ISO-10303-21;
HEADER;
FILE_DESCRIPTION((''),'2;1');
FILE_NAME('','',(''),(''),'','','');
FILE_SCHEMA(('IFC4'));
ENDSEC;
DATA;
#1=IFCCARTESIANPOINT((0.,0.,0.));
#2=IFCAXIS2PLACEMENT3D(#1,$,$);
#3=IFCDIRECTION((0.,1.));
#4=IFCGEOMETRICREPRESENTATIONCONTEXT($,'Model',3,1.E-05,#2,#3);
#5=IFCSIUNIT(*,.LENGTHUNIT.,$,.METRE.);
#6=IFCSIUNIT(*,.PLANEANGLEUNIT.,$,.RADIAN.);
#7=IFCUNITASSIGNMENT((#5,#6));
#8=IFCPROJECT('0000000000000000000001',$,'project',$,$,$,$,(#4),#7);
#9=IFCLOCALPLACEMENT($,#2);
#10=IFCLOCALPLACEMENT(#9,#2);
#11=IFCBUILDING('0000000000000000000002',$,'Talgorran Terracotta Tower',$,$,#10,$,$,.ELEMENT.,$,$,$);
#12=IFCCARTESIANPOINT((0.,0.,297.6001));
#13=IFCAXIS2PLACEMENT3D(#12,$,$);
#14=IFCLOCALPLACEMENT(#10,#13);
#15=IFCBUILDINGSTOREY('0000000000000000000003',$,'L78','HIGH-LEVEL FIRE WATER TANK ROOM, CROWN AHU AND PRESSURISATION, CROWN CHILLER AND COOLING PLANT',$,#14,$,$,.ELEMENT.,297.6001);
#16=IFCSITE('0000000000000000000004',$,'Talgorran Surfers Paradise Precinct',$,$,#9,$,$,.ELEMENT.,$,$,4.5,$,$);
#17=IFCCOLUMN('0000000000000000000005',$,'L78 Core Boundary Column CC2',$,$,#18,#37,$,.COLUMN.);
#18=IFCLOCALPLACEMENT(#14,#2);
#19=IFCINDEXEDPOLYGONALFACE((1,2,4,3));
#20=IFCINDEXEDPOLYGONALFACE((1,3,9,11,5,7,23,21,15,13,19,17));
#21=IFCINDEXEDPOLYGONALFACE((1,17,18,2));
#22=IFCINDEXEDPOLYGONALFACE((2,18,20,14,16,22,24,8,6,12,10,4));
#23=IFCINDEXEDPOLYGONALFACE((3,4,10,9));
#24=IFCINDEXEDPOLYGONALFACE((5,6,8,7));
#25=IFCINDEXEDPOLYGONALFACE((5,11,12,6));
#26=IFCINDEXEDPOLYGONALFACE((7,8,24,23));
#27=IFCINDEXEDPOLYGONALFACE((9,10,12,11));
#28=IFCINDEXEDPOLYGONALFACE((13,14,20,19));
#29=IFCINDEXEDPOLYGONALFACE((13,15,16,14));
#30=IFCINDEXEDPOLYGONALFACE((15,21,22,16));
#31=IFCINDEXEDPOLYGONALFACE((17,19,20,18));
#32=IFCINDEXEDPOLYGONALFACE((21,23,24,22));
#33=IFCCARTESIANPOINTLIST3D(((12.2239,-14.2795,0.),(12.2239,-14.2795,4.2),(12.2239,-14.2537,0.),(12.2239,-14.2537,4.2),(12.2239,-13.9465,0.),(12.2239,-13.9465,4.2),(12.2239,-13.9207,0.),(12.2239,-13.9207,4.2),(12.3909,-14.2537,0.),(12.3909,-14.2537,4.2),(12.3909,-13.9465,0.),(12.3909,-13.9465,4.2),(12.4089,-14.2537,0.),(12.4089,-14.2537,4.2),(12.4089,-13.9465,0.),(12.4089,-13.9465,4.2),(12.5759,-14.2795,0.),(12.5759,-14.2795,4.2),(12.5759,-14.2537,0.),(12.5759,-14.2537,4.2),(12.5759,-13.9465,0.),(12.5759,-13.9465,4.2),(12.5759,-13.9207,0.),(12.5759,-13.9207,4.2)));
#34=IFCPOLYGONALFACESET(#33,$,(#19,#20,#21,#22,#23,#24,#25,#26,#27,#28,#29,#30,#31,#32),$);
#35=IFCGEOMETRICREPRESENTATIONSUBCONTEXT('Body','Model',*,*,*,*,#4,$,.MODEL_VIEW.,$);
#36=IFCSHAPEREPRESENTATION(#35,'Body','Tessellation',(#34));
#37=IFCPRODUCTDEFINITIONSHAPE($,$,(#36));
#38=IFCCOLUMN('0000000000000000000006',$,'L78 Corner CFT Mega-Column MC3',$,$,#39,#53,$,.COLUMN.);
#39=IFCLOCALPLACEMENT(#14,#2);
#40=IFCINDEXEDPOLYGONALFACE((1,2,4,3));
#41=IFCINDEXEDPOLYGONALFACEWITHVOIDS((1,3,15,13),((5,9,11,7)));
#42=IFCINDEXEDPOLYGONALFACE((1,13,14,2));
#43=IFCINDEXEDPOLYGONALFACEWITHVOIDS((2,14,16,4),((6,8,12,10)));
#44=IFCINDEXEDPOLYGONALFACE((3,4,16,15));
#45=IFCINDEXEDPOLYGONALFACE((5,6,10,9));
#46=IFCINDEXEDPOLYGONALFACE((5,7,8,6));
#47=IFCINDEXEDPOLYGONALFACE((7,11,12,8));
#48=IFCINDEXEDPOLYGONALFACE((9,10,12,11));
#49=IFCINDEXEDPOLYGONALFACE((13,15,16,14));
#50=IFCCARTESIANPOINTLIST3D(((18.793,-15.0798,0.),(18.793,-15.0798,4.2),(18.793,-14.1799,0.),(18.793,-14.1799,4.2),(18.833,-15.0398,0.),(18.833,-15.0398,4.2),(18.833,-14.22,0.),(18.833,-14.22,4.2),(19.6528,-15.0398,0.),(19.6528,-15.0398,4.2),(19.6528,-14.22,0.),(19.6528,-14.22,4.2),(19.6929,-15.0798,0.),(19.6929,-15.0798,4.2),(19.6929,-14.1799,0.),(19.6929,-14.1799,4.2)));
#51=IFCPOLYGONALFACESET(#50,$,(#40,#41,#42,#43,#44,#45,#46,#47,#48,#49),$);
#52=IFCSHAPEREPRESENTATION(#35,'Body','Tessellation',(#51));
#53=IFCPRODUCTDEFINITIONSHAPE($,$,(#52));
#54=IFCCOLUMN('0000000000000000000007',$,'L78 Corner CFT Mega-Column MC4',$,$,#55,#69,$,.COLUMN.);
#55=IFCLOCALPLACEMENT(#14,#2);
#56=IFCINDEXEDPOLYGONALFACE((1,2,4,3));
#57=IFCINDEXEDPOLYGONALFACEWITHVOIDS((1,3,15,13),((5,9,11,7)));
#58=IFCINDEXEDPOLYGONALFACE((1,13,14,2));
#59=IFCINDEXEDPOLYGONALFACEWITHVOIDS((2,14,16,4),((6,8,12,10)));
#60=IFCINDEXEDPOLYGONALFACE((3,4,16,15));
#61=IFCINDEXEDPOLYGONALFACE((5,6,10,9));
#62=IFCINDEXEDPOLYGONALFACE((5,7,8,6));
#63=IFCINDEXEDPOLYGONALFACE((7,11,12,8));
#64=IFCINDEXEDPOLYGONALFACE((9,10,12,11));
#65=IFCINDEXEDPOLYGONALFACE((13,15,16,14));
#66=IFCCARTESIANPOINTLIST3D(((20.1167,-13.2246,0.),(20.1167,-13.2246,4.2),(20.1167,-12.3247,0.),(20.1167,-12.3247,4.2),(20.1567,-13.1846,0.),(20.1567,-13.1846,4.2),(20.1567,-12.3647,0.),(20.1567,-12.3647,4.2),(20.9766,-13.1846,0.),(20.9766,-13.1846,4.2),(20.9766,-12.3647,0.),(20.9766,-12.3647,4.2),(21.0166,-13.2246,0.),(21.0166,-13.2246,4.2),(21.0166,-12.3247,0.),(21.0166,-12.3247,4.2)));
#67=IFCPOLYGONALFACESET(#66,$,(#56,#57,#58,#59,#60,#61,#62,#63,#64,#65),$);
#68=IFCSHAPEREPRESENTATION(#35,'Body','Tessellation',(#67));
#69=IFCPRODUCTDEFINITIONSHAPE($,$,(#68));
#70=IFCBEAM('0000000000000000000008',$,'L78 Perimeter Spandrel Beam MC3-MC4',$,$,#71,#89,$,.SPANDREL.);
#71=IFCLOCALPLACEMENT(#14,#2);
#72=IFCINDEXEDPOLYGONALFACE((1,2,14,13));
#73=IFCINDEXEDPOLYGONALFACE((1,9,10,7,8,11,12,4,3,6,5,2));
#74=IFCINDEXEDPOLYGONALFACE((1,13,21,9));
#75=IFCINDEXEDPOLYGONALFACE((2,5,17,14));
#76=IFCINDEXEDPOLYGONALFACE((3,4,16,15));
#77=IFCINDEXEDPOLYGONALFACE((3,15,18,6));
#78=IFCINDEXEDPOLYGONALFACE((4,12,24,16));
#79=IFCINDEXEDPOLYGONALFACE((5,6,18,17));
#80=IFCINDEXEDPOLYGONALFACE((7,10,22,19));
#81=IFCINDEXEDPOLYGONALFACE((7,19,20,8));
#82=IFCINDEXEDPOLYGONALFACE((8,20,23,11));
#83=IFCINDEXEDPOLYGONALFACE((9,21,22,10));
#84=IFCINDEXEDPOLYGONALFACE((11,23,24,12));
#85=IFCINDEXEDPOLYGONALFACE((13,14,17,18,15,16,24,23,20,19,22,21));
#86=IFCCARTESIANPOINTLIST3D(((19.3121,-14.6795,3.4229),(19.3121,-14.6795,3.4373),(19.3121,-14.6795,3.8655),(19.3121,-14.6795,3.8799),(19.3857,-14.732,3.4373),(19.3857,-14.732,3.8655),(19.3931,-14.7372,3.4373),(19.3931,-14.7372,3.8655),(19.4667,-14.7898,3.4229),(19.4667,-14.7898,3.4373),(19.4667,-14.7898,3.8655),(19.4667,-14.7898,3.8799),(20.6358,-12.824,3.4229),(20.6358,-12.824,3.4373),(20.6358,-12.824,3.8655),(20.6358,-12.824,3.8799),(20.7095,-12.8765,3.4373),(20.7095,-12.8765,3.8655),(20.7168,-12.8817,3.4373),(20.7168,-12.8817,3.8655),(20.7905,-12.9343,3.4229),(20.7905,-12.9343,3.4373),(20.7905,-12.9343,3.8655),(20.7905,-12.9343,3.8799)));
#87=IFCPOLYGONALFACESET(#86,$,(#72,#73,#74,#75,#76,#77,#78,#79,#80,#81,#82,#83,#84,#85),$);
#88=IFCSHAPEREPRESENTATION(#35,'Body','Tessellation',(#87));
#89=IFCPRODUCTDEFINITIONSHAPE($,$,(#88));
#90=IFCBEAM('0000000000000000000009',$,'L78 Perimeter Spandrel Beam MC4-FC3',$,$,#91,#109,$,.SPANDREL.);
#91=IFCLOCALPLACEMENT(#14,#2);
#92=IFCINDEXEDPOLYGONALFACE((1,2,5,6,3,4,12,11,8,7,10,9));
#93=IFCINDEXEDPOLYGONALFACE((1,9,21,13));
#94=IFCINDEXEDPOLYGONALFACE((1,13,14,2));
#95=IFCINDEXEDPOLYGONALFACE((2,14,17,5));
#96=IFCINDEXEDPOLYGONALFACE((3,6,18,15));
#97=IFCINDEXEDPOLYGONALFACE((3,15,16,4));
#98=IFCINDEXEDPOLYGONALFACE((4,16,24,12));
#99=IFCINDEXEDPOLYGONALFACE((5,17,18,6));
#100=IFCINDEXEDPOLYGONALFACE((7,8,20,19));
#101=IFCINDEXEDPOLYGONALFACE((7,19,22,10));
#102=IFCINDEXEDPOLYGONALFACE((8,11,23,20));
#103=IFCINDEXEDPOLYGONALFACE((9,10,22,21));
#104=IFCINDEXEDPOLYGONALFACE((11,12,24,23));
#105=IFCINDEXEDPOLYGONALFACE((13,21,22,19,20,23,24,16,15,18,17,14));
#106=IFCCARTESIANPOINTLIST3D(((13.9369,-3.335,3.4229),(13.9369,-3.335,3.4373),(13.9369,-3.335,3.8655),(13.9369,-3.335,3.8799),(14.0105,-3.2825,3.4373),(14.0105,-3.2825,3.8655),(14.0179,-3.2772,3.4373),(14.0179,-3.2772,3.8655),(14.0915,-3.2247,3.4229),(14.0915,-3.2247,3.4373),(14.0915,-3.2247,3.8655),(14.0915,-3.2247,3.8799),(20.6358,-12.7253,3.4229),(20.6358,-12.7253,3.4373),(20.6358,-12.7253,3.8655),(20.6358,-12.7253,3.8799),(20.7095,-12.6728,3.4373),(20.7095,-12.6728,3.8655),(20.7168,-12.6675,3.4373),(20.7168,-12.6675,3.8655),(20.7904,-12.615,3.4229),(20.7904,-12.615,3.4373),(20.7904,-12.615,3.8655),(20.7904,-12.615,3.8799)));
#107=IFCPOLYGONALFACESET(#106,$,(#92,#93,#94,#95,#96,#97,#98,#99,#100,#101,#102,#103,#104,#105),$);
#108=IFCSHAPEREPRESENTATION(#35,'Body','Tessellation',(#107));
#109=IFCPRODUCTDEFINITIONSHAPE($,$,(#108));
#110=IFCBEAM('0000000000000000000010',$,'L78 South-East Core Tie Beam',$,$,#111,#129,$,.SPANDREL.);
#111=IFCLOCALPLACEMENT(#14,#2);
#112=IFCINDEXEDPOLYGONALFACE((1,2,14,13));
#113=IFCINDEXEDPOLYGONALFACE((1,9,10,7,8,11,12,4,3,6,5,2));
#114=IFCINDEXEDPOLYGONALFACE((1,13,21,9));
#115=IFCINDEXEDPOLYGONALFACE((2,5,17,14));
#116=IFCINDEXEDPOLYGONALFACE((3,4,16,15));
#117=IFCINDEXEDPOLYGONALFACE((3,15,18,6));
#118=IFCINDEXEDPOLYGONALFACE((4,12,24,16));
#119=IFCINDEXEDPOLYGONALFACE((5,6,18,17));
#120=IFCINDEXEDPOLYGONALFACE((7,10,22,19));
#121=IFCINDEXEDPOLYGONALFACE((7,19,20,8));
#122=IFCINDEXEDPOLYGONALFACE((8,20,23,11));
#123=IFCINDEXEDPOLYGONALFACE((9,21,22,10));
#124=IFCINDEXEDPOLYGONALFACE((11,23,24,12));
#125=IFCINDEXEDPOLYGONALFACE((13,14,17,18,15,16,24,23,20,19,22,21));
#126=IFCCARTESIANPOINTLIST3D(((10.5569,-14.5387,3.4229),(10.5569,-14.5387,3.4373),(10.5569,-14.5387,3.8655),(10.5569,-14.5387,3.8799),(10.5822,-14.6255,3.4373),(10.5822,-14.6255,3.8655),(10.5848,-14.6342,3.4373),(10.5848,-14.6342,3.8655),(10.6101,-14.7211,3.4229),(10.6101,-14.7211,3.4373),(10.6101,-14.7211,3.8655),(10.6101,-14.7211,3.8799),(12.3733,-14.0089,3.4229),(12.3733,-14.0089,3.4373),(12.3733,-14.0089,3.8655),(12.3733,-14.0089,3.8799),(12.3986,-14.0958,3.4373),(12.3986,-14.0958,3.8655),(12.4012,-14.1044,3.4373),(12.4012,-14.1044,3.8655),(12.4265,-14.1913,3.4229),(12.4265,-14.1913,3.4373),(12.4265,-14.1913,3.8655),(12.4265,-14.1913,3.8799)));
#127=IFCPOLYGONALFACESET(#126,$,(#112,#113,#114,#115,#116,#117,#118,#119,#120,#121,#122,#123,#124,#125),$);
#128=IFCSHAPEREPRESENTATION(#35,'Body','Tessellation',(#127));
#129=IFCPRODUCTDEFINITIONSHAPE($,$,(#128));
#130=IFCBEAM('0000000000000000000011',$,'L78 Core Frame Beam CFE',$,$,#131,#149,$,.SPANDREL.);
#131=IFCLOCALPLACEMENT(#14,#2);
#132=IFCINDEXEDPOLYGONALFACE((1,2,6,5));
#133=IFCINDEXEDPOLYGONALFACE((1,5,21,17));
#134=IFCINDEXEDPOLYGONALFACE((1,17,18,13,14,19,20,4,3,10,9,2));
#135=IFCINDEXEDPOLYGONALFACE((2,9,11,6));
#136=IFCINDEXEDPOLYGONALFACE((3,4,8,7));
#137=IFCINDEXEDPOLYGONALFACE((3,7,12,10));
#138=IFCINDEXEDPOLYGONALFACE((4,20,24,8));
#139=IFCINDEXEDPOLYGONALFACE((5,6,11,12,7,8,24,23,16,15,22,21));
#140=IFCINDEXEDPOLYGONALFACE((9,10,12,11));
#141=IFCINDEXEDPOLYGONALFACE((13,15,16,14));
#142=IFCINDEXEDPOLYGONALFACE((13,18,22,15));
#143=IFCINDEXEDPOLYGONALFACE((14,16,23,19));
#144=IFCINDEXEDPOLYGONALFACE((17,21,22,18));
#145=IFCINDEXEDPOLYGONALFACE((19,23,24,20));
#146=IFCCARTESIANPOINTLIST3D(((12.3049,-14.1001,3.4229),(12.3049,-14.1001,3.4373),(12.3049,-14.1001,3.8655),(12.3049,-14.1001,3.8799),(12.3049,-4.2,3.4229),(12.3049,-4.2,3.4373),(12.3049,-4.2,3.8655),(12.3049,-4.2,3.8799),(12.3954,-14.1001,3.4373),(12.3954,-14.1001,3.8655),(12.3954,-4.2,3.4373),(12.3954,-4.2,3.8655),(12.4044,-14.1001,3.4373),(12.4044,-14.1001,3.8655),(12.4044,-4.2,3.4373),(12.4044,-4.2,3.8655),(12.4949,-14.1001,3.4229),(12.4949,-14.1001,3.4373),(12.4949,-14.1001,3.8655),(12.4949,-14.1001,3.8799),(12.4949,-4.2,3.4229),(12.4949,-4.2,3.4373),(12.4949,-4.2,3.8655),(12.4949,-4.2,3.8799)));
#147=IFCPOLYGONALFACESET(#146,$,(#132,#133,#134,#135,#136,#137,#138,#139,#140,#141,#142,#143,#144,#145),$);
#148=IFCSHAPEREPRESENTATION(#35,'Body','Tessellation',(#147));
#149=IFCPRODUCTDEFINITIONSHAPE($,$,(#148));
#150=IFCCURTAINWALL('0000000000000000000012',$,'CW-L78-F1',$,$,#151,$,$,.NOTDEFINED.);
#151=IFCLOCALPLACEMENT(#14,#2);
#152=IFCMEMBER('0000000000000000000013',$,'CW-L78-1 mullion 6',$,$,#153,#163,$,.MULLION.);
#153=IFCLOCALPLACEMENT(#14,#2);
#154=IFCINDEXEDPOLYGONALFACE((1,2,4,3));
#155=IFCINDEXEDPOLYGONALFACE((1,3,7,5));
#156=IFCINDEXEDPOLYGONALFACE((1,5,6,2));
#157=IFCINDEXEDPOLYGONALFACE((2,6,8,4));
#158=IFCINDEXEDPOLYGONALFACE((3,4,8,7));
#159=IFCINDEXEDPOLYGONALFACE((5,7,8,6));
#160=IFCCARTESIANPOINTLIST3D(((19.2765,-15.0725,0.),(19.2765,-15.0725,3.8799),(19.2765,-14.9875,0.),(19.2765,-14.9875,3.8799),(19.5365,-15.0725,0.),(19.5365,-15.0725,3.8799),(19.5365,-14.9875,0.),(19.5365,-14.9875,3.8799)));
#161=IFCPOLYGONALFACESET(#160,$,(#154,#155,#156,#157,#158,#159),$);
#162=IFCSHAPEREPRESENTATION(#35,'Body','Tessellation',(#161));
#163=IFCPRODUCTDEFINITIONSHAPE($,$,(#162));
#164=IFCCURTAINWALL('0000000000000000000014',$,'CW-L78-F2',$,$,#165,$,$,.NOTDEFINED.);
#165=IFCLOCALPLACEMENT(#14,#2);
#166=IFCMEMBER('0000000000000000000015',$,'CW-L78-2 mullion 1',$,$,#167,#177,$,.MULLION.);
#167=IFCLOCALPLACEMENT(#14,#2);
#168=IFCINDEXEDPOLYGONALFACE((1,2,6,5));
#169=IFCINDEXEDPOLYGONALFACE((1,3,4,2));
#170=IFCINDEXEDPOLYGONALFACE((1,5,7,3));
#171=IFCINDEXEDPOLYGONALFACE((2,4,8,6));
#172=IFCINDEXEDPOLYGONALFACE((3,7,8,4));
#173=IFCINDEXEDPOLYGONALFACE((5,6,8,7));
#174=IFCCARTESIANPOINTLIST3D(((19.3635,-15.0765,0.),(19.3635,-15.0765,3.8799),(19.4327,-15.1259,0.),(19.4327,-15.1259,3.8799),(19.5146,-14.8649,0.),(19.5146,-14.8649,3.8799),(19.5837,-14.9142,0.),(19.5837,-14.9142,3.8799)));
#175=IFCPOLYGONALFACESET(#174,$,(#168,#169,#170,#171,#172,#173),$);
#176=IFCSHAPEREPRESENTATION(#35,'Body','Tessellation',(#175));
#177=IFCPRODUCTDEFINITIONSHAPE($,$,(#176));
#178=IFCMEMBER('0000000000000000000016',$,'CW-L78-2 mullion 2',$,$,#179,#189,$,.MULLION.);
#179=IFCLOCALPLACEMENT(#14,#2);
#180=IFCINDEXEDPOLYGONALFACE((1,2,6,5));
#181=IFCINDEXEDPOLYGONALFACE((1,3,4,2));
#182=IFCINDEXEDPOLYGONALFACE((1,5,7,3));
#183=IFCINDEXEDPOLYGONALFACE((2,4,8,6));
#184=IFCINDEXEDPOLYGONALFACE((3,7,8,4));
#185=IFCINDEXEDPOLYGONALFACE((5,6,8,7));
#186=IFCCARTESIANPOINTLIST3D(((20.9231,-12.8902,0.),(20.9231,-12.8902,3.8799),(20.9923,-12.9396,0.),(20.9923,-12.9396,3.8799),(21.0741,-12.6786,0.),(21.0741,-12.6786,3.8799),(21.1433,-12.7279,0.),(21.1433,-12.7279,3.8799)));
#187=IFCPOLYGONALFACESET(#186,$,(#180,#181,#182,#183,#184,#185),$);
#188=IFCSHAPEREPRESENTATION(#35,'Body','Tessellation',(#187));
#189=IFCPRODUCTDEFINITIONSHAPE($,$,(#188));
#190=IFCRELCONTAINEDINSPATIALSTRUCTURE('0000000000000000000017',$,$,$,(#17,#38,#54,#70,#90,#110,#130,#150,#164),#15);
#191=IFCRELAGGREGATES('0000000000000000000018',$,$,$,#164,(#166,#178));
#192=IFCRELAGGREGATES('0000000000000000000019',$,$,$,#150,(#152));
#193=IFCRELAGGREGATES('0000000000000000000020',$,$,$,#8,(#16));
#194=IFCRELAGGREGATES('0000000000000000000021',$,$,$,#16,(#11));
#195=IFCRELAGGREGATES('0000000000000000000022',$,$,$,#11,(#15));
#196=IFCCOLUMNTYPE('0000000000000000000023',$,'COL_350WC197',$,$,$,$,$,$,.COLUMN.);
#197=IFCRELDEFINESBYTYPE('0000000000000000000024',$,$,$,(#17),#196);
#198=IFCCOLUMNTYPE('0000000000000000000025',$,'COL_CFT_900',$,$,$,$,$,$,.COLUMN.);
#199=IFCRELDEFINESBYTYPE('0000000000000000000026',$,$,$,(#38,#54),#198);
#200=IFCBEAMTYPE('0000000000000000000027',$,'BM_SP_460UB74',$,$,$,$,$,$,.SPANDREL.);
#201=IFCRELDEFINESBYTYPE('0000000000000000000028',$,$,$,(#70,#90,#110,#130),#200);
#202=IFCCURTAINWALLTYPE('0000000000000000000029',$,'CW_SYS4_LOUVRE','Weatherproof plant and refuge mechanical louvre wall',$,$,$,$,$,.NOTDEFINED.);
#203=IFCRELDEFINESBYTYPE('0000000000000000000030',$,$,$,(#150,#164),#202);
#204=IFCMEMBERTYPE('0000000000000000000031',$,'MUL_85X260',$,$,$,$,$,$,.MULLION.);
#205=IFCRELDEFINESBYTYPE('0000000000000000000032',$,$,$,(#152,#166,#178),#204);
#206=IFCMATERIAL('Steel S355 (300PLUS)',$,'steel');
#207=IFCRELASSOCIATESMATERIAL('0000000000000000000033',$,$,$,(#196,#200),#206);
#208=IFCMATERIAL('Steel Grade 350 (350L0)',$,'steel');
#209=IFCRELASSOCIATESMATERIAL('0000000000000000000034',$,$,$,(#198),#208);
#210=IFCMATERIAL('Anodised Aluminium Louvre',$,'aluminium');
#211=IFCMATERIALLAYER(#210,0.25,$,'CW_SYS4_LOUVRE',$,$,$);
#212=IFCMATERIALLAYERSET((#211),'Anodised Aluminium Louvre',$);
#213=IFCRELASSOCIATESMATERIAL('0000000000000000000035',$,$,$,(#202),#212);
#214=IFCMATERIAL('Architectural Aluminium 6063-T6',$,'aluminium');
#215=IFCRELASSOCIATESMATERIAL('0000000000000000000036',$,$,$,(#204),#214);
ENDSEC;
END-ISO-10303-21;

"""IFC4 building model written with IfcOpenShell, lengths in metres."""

from ifc_helpers import new_model, si_unit, direction, frame, origin, origin_2d, place, context, subcontext, project, spatial, rectangle, hollow_rectangle, i_section, extrude, material, layer, layer_set, material_profile, profile_set, type_object, element, aggregate, save


model = new_model("IFC4")

# Units and contexts
model_context = context("Model", 3, precision=1e-05, world=origin(), true_north=direction((0.0, 1.0)))
body_context = subcontext(model_context, "Body", "Model", "MODEL_VIEW")
ifc_project = project(units=[si_unit("LENGTHUNIT", "METRE"), si_unit("PLANEANGLEUNIT", "RADIAN")], contexts=[model_context])

# Site, building, storey
site_placement = place(None, origin())
site = spatial("IfcSite", under=ifc_project, at=site_placement, Name="Talgorran Surfers Paradise Precinct", CompositionType="ELEMENT", RefElevation=4.5)
building_placement = place(site_placement, origin())
building = spatial("IfcBuilding", under=site, at=building_placement, Name="Talgorran Terracotta Tower", CompositionType="ELEMENT")
storey_placement = place(building_placement, frame((0.0, 0.0, 297.6001)))
storey = spatial("IfcBuildingStorey", under=building, at=storey_placement, Name="L78", Description="HIGH-LEVEL FIRE WATER TANK ROOM, CROWN AHU AND PRESSURISATION, CROWN CHILLER AND COOLING PLANT", CompositionType="ELEMENT", Elevation=297.6001)

# Columns
ifc_material_1 = material(Name="Steel S355 (300PLUS)", Category="steel")
ifc_material_profile_1 = material_profile(ifc_material_1, i_section(OverallWidth=0.3521, OverallDepth=0.3589, WebThickness=0.0181, FlangeThickness=0.0259, at=origin_2d()), Name="350WC197")
ifc_profile_set_1 = profile_set([ifc_material_profile_1], Name="Steel S355 (300PLUS)")
column_type_1 = type_object("IfcColumnType", Name="COL_350WC197", PredefinedType="COLUMN", material=ifc_profile_set_1)
column_placement = place(storey_placement, frame((12.3999, -14.1001, 0.0), z_axis=(0.0, 0.0, 1.0), x_axis=(1.0, 0.0, 0.0)))
element("IfcColumn", 1, at=column_placement, inside=storey, type_object=column_type_1, Name="L78 Core Boundary Column CC2", PredefinedType="COLUMN", context=body_context, shape_type="SweptSolid", body=[
    extrude(i_section(OverallWidth=0.3521, OverallDepth=0.3589, WebThickness=0.0181, FlangeThickness=0.0259, at=origin_2d()), origin(), (0.0, 0.0, 1.0), 4.2),
])
ifc_material_2 = material(Name="Steel Grade 350 (350L0)", Category="steel")
ifc_material_profile_2 = material_profile(ifc_material_2, hollow_rectangle(XDim=0.8999, YDim=0.8999, WallThickness=0.04, at=origin_2d()), Name="CFT900X900X40")
ifc_profile_set_2 = profile_set([ifc_material_profile_2], Name="Steel Grade 350 (350L0)")
column_type_2 = type_object("IfcColumnType", Name="COL_CFT_900", PredefinedType="COLUMN", material=ifc_profile_set_2)
for number, where, z_axis, x_axis, name in (
    (2, (19.2429, -14.6299, 0.0), (0.0, 0.0, 1.0), (1.0, 0.0, 0.0), "L78 Corner CFT Mega-Column MC3"),
    (3, (20.5667, -12.7747, 0.0), (0.0, 0.0, 1.0), (1.0, 0.0, 0.0), "L78 Corner CFT Mega-Column MC4"),
):
    element("IfcColumn", number, at=place(storey_placement, frame(where, z_axis=z_axis, x_axis=x_axis)), inside=storey, type_object=column_type_2, Name=name, PredefinedType="COLUMN", context=body_context, shape_type="SweptSolid", body=[
        extrude(hollow_rectangle(XDim=0.8999, YDim=0.8999, WallThickness=0.04, at=origin_2d()), origin(), (0.0, 0.0, 1.0), 4.2),
    ])

# Beams
ifc_material_profile_3 = material_profile(ifc_material_1, i_section(OverallWidth=0.1899, OverallDepth=0.457, WebThickness=0.009, FlangeThickness=0.0144, at=origin_2d()), Name="460UB74.6")
ifc_profile_set_3 = profile_set([ifc_material_profile_3], Name="Steel S355 (300PLUS)")
beam_type = type_object("IfcBeamType", Name="BM_SP_460UB74", PredefinedType="SPANDREL", material=ifc_profile_set_3)
beam_1_placement = place(storey_placement, frame((19.3894, -14.7346, 3.6514), z_axis=(0.580772, 0.814066, 0.0), x_axis=(-0.814066, 0.580772, 0.0)))
element("IfcBeam", 4, at=beam_1_placement, inside=storey, type_object=beam_type, Name="L78 Perimeter Spandrel Beam MC3-MC4", PredefinedType="SPANDREL", context=body_context, shape_type="SweptSolid", body=[
    extrude(i_section(OverallWidth=0.1899, OverallDepth=0.457, WebThickness=0.009, FlangeThickness=0.0144, at=origin_2d()), origin(), (0.0, 0.0, 1.0), 2.2793),
])
beam_2_placement = place(storey_placement, frame((20.7131, -12.6702, 3.6514), z_axis=(-0.580754, 0.814079, 0.0), x_axis=(-0.814079, -0.580754, 0.0)))
element("IfcBeam", 5, at=beam_2_placement, inside=storey, type_object=beam_type, Name="L78 Perimeter Spandrel Beam MC4-FC3", PredefinedType="SPANDREL", context=body_context, shape_type="SweptSolid", body=[
    extrude(i_section(OverallWidth=0.1899, OverallDepth=0.457, WebThickness=0.009, FlangeThickness=0.0144, at=origin_2d()), origin(), (0.0, 0.0, 1.0), 11.5349),
])
beam_3_placement = place(storey_placement, frame((12.3999, -14.1001, 3.6514), z_axis=(-0.96, -0.28, 0.0), x_axis=(0.28, -0.96, 0.0)))
element("IfcBeam", 6, at=beam_3_placement, inside=storey, type_object=beam_type, Name="L78 South-East Core Tie Beam", PredefinedType="SPANDREL", context=body_context, shape_type="SweptSolid", body=[
    extrude(i_section(OverallWidth=0.1899, OverallDepth=0.457, WebThickness=0.009, FlangeThickness=0.0144, at=origin_2d()), origin(), (0.0, 0.0, 1.0), 1.8921),
])
beam_4_placement = place(storey_placement, frame((12.3999, -14.1001, 3.6514), z_axis=(0.0, 1.0, 0.0), x_axis=(-1.0, 0.0, 0.0)))
element("IfcBeam", 7, at=beam_4_placement, inside=storey, type_object=beam_type, Name="L78 Core Frame Beam CFE", PredefinedType="SPANDREL", context=body_context, shape_type="SweptSolid", body=[
    extrude(i_section(OverallWidth=0.1899, OverallDepth=0.457, WebThickness=0.009, FlangeThickness=0.0144, at=origin_2d()), origin(), (0.0, 0.0, 1.0), 9.9001),
])

# Curtain wall, member
ifc_material_3 = material(Name="Anodised Aluminium Louvre", Category="aluminium")
ifc_layer_1 = layer(ifc_material_3, 0.25, Name="CW_SYS4_LOUVRE")
ifc_layer_set_1 = layer_set([ifc_layer_1], Name="Anodised Aluminium Louvre")
curtain_wall_type = type_object("IfcCurtainWallType", Name="CW_SYS4_LOUVRE", Description="Weatherproof plant and refuge mechanical louvre wall", PredefinedType="NOTDEFINED", material=ifc_layer_set_1)
curtain_wall_1_placement = place(storey_placement, origin())
curtain_wall_1 = element("IfcCurtainWall", 8, at=curtain_wall_1_placement, inside=storey, type_object=curtain_wall_type, Name="CW-L78-F1", PredefinedType="NOTDEFINED")
ifc_material_4 = material(Name="Architectural Aluminium 6063-T6", Category="aluminium")
ifc_material_profile_4 = material_profile(ifc_material_4, rectangle(XDim=0.085, YDim=0.26, at=origin_2d()), Name="CWM85X260")
ifc_profile_set_4 = profile_set([ifc_material_profile_4], Name="Architectural Aluminium 6063-T6")
member_type_1 = type_object("IfcMemberType", Name="MUL_85X260", PredefinedType="MULLION", material=ifc_profile_set_4)
member_1_placement = place(storey_placement, frame((19.4065, -15.03, 0.0), z_axis=(0.0, 0.0, 1.0), x_axis=(0.0, 1.0, 0.0)))
member_1 = element("IfcMember", 9, at=member_1_placement, type_object=member_type_1, Name="CW-L78-1 mullion 6", PredefinedType="MULLION", context=body_context, shape_type="SweptSolid", body=[
    extrude(rectangle(XDim=0.085, YDim=0.26, at=origin_2d()), origin(), (0.0, 0.0, 1.0), 3.8799),
])

# Curtain wall, members
curtain_wall_2_placement = place(storey_placement, origin())
curtain_wall_2 = element("IfcCurtainWall", 10, at=curtain_wall_2_placement, inside=storey, type_object=curtain_wall_type, Name="CW-L78-F2", PredefinedType="NOTDEFINED")
member_2_placement = place(storey_placement, frame((19.4736, -14.9954, 0.0), z_axis=(0.0, 0.0, 1.0), x_axis=(-0.814075, 0.58076, 0.0)))
member_2 = element("IfcMember", 11, at=member_2_placement, type_object=member_type_1, Name="CW-L78-2 mullion 1", PredefinedType="MULLION", context=body_context, shape_type="SweptSolid", body=[
    extrude(rectangle(XDim=0.085, YDim=0.26, at=origin_2d()), origin(), (0.0, 0.0, 1.0), 3.8799),
])
member_3_placement = place(storey_placement, frame((21.0332, -12.8091, 0.0), z_axis=(0.0, 0.0, 1.0), x_axis=(-0.814075, 0.58076, 0.0)))
member_3 = element("IfcMember", 12, at=member_3_placement, type_object=member_type_1, Name="CW-L78-2 mullion 2", PredefinedType="MULLION", context=body_context, shape_type="SweptSolid", body=[
    extrude(rectangle(XDim=0.085, YDim=0.26, at=origin_2d()), origin(), (0.0, 0.0, 1.0), 3.8799),
])

aggregate(curtain_wall_2, [member_2, member_3])
aggregate(curtain_wall_1, [member_1])

save(model, "model.ifc")
